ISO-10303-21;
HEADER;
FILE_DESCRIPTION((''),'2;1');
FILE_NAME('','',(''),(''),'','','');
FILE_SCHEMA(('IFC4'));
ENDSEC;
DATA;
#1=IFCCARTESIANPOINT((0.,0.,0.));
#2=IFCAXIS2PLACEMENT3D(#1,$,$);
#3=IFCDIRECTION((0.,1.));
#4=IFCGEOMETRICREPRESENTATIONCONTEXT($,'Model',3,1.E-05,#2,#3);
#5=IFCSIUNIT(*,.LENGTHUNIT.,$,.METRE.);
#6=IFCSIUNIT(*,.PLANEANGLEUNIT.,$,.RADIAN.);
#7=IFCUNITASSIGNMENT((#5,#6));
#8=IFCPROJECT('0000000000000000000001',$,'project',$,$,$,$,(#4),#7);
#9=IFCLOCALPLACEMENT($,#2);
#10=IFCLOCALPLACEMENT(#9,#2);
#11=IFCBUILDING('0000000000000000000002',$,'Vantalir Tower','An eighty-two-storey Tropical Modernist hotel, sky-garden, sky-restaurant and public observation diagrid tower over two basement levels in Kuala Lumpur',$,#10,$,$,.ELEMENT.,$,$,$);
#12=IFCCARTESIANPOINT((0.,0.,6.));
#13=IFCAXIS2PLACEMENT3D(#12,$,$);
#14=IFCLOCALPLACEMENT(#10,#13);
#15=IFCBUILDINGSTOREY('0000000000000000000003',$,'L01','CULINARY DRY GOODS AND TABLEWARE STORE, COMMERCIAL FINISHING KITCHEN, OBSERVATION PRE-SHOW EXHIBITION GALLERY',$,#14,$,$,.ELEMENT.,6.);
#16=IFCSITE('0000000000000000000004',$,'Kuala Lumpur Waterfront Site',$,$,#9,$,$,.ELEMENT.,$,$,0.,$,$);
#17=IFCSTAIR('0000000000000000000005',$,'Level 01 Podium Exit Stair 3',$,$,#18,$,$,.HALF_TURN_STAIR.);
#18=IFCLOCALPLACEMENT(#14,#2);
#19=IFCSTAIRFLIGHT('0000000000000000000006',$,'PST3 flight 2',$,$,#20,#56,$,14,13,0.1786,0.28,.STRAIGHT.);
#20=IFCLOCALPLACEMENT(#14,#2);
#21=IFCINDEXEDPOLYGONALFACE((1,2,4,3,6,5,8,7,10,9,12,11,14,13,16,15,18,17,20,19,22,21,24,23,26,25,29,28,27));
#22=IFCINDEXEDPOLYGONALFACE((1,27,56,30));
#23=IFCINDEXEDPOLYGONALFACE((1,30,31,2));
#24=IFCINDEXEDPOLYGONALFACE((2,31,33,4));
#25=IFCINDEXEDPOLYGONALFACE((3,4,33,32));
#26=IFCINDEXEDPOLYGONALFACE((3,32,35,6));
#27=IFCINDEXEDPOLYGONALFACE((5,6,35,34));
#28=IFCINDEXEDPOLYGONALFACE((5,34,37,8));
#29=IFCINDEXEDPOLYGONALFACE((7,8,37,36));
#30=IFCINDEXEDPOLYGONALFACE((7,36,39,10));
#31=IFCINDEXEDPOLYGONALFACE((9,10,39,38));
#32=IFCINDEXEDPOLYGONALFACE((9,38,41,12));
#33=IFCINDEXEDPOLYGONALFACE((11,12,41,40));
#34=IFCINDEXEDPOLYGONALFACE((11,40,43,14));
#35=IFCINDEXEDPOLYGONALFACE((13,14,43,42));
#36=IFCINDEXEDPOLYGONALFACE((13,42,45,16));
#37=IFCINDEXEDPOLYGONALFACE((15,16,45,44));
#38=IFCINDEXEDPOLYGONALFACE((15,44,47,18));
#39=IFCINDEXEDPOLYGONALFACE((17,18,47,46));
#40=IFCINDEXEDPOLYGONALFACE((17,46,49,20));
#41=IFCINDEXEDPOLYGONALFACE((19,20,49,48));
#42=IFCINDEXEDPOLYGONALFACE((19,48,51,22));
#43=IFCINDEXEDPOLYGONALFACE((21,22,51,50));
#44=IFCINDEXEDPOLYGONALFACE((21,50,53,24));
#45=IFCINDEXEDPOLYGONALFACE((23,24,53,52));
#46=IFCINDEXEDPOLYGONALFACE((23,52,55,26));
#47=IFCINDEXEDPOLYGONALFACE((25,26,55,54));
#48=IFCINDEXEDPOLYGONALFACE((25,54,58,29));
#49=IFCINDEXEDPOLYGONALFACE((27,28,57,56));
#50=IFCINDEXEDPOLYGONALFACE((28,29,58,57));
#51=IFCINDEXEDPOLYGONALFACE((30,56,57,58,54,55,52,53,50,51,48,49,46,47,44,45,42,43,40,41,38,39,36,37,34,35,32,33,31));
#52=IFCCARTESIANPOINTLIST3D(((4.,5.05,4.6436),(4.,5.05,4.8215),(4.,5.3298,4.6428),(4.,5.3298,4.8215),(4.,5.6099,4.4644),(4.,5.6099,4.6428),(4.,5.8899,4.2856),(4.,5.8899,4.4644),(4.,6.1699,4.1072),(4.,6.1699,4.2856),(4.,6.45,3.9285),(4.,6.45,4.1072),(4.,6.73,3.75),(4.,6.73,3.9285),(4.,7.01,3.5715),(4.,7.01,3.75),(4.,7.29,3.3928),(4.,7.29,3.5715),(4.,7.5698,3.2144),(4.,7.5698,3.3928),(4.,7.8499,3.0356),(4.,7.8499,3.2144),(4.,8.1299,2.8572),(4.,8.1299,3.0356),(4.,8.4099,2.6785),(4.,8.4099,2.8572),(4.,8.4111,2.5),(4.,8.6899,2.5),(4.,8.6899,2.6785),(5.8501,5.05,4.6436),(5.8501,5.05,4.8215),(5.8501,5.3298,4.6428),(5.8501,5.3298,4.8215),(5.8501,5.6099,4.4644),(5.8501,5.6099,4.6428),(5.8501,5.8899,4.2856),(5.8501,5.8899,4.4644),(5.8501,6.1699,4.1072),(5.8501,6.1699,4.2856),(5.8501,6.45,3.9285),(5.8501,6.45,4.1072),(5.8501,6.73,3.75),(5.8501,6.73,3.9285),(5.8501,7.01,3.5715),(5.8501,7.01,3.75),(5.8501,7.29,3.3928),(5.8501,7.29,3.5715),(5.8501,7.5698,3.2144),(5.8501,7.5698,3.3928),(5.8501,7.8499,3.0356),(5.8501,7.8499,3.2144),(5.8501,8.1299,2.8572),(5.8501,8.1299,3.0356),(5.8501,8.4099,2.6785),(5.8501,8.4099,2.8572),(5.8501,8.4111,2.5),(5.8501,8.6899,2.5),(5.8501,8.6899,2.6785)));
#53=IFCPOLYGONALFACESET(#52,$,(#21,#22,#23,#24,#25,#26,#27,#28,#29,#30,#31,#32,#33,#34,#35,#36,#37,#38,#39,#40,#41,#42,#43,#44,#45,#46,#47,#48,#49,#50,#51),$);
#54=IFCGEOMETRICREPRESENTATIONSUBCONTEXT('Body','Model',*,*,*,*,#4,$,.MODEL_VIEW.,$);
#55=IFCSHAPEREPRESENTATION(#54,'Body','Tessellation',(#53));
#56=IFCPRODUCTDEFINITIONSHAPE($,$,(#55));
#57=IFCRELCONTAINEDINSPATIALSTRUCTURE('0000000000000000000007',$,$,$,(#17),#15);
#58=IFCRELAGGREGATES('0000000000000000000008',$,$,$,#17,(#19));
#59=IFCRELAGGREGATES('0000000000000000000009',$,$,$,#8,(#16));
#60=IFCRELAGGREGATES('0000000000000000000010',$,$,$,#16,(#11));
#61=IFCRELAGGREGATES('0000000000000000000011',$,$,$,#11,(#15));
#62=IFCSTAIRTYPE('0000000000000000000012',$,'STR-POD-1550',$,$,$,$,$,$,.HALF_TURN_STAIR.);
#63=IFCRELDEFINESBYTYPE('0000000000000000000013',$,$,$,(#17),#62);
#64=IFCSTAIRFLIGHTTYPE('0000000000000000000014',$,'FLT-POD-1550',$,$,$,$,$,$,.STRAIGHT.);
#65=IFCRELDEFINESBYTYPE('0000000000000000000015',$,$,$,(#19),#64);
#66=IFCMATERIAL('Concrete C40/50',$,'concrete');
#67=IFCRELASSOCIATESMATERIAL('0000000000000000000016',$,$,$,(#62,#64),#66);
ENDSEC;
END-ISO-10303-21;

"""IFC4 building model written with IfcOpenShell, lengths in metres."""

from ifc_helpers import new_model, si_unit, direction, frame, origin, place, context, subcontext, project, spatial, polyline, outline, extrude, material, type_object, element, aggregate, save


model = new_model("IFC4")

# Units and contexts
model_context = context("Model", 3, precision=1e-05, world=origin(), true_north=direction((0.0, 1.0)))
body_context = subcontext(model_context, "Body", "Model", "MODEL_VIEW")
ifc_project = project(units=[si_unit("LENGTHUNIT", "METRE"), si_unit("PLANEANGLEUNIT", "RADIAN")], contexts=[model_context])

# Site, building, storey
site_placement = place(None, origin())
site = spatial("IfcSite", under=ifc_project, at=site_placement, Name="Kuala Lumpur Waterfront Site", CompositionType="ELEMENT", RefElevation=0.0)
building_placement = place(site_placement, origin())
building = spatial("IfcBuilding", under=site, at=building_placement, Name="Vantalir Tower", Description="An eighty-two-storey Tropical Modernist hotel, sky-garden, sky-restaurant and public observation diagrid tower over two basement levels in Kuala Lumpur", CompositionType="ELEMENT")
storey_placement = place(building_placement, frame((0.0, 0.0, 6.0)))
storey = spatial("IfcBuildingStorey", under=building, at=storey_placement, Name="L01", Description="CULINARY DRY GOODS AND TABLEWARE STORE, COMMERCIAL FINISHING KITCHEN, OBSERVATION PRE-SHOW EXHIBITION GALLERY", CompositionType="ELEMENT", Elevation=6.0)

# Shared definitions
ifc_material_1 = material(Name="Concrete C40/50", Category="concrete")
stair_type = type_object("IfcStairType", Name="STR-POD-1550", PredefinedType="HALF_TURN_STAIR", material=ifc_material_1)

# Stair, stair flight
stair_1_placement = place(storey_placement, origin())
stair_1 = element("IfcStair", 1, at=stair_1_placement, inside=storey, type_object=stair_type, Name="Level 01 Podium Exit Stair 3", PredefinedType="HALF_TURN_STAIR")
stair_flight_type = type_object("IfcStairFlightType", Name="FLT-POD-1550", PredefinedType="STRAIGHT", material=ifc_material_1)
stair_flight_placement = place(storey_placement, frame((4.925, 8.6899, 2.5), z_axis=(0.0, 0.0, 1.0), x_axis=(0.0, -1.0, 0.0)))
stair_flight = element("IfcStairFlight", 2, at=stair_flight_placement, type_object=stair_flight_type, Name="PST3 flight 2", NumberOfRisers=14, NumberOfTreads=13, PredefinedType="STRAIGHT", RiserHeight=0.1786, TreadLength=0.28, context=body_context, shape_type="SweptSolid", body=[
    extrude(outline(polyline([(0.0, 0.0), (0.0, 0.1785), (0.28, 0.1785), (0.28, 0.3572), (0.5601, 0.3572), (0.5601, 0.5356), (0.8401, 0.5356), (0.8401, 0.7144), (1.1201, 0.7144), (1.1201, 0.8928), (1.3999, 0.8928), (1.3999, 1.0715), (1.6799, 1.0715), (1.6799, 1.25), (1.96, 1.25), (1.96, 1.4285), (2.24, 1.4285), (2.24, 1.6072), (2.52, 1.6072), (2.52, 1.7856), (2.8, 1.7856), (2.8, 1.9644), (3.0801, 1.9644), (3.0801, 2.1428), (3.3601, 2.1428), (3.3601, 2.3215), (3.6399, 2.3215), (3.6399, 2.5), (3.6399, 2.1436), (0.2788, 0.0), (0.0, 0.0)])), frame((0.0, 0.925, 0.0), z_axis=(0.0, -1.0, 0.0), x_axis=(1.0, 0.0, 0.0)), (0.0, 0.0, 1.0), 1.8501),
])
aggregate(stair_1, [stair_flight])

save(model, "model.ifc")
